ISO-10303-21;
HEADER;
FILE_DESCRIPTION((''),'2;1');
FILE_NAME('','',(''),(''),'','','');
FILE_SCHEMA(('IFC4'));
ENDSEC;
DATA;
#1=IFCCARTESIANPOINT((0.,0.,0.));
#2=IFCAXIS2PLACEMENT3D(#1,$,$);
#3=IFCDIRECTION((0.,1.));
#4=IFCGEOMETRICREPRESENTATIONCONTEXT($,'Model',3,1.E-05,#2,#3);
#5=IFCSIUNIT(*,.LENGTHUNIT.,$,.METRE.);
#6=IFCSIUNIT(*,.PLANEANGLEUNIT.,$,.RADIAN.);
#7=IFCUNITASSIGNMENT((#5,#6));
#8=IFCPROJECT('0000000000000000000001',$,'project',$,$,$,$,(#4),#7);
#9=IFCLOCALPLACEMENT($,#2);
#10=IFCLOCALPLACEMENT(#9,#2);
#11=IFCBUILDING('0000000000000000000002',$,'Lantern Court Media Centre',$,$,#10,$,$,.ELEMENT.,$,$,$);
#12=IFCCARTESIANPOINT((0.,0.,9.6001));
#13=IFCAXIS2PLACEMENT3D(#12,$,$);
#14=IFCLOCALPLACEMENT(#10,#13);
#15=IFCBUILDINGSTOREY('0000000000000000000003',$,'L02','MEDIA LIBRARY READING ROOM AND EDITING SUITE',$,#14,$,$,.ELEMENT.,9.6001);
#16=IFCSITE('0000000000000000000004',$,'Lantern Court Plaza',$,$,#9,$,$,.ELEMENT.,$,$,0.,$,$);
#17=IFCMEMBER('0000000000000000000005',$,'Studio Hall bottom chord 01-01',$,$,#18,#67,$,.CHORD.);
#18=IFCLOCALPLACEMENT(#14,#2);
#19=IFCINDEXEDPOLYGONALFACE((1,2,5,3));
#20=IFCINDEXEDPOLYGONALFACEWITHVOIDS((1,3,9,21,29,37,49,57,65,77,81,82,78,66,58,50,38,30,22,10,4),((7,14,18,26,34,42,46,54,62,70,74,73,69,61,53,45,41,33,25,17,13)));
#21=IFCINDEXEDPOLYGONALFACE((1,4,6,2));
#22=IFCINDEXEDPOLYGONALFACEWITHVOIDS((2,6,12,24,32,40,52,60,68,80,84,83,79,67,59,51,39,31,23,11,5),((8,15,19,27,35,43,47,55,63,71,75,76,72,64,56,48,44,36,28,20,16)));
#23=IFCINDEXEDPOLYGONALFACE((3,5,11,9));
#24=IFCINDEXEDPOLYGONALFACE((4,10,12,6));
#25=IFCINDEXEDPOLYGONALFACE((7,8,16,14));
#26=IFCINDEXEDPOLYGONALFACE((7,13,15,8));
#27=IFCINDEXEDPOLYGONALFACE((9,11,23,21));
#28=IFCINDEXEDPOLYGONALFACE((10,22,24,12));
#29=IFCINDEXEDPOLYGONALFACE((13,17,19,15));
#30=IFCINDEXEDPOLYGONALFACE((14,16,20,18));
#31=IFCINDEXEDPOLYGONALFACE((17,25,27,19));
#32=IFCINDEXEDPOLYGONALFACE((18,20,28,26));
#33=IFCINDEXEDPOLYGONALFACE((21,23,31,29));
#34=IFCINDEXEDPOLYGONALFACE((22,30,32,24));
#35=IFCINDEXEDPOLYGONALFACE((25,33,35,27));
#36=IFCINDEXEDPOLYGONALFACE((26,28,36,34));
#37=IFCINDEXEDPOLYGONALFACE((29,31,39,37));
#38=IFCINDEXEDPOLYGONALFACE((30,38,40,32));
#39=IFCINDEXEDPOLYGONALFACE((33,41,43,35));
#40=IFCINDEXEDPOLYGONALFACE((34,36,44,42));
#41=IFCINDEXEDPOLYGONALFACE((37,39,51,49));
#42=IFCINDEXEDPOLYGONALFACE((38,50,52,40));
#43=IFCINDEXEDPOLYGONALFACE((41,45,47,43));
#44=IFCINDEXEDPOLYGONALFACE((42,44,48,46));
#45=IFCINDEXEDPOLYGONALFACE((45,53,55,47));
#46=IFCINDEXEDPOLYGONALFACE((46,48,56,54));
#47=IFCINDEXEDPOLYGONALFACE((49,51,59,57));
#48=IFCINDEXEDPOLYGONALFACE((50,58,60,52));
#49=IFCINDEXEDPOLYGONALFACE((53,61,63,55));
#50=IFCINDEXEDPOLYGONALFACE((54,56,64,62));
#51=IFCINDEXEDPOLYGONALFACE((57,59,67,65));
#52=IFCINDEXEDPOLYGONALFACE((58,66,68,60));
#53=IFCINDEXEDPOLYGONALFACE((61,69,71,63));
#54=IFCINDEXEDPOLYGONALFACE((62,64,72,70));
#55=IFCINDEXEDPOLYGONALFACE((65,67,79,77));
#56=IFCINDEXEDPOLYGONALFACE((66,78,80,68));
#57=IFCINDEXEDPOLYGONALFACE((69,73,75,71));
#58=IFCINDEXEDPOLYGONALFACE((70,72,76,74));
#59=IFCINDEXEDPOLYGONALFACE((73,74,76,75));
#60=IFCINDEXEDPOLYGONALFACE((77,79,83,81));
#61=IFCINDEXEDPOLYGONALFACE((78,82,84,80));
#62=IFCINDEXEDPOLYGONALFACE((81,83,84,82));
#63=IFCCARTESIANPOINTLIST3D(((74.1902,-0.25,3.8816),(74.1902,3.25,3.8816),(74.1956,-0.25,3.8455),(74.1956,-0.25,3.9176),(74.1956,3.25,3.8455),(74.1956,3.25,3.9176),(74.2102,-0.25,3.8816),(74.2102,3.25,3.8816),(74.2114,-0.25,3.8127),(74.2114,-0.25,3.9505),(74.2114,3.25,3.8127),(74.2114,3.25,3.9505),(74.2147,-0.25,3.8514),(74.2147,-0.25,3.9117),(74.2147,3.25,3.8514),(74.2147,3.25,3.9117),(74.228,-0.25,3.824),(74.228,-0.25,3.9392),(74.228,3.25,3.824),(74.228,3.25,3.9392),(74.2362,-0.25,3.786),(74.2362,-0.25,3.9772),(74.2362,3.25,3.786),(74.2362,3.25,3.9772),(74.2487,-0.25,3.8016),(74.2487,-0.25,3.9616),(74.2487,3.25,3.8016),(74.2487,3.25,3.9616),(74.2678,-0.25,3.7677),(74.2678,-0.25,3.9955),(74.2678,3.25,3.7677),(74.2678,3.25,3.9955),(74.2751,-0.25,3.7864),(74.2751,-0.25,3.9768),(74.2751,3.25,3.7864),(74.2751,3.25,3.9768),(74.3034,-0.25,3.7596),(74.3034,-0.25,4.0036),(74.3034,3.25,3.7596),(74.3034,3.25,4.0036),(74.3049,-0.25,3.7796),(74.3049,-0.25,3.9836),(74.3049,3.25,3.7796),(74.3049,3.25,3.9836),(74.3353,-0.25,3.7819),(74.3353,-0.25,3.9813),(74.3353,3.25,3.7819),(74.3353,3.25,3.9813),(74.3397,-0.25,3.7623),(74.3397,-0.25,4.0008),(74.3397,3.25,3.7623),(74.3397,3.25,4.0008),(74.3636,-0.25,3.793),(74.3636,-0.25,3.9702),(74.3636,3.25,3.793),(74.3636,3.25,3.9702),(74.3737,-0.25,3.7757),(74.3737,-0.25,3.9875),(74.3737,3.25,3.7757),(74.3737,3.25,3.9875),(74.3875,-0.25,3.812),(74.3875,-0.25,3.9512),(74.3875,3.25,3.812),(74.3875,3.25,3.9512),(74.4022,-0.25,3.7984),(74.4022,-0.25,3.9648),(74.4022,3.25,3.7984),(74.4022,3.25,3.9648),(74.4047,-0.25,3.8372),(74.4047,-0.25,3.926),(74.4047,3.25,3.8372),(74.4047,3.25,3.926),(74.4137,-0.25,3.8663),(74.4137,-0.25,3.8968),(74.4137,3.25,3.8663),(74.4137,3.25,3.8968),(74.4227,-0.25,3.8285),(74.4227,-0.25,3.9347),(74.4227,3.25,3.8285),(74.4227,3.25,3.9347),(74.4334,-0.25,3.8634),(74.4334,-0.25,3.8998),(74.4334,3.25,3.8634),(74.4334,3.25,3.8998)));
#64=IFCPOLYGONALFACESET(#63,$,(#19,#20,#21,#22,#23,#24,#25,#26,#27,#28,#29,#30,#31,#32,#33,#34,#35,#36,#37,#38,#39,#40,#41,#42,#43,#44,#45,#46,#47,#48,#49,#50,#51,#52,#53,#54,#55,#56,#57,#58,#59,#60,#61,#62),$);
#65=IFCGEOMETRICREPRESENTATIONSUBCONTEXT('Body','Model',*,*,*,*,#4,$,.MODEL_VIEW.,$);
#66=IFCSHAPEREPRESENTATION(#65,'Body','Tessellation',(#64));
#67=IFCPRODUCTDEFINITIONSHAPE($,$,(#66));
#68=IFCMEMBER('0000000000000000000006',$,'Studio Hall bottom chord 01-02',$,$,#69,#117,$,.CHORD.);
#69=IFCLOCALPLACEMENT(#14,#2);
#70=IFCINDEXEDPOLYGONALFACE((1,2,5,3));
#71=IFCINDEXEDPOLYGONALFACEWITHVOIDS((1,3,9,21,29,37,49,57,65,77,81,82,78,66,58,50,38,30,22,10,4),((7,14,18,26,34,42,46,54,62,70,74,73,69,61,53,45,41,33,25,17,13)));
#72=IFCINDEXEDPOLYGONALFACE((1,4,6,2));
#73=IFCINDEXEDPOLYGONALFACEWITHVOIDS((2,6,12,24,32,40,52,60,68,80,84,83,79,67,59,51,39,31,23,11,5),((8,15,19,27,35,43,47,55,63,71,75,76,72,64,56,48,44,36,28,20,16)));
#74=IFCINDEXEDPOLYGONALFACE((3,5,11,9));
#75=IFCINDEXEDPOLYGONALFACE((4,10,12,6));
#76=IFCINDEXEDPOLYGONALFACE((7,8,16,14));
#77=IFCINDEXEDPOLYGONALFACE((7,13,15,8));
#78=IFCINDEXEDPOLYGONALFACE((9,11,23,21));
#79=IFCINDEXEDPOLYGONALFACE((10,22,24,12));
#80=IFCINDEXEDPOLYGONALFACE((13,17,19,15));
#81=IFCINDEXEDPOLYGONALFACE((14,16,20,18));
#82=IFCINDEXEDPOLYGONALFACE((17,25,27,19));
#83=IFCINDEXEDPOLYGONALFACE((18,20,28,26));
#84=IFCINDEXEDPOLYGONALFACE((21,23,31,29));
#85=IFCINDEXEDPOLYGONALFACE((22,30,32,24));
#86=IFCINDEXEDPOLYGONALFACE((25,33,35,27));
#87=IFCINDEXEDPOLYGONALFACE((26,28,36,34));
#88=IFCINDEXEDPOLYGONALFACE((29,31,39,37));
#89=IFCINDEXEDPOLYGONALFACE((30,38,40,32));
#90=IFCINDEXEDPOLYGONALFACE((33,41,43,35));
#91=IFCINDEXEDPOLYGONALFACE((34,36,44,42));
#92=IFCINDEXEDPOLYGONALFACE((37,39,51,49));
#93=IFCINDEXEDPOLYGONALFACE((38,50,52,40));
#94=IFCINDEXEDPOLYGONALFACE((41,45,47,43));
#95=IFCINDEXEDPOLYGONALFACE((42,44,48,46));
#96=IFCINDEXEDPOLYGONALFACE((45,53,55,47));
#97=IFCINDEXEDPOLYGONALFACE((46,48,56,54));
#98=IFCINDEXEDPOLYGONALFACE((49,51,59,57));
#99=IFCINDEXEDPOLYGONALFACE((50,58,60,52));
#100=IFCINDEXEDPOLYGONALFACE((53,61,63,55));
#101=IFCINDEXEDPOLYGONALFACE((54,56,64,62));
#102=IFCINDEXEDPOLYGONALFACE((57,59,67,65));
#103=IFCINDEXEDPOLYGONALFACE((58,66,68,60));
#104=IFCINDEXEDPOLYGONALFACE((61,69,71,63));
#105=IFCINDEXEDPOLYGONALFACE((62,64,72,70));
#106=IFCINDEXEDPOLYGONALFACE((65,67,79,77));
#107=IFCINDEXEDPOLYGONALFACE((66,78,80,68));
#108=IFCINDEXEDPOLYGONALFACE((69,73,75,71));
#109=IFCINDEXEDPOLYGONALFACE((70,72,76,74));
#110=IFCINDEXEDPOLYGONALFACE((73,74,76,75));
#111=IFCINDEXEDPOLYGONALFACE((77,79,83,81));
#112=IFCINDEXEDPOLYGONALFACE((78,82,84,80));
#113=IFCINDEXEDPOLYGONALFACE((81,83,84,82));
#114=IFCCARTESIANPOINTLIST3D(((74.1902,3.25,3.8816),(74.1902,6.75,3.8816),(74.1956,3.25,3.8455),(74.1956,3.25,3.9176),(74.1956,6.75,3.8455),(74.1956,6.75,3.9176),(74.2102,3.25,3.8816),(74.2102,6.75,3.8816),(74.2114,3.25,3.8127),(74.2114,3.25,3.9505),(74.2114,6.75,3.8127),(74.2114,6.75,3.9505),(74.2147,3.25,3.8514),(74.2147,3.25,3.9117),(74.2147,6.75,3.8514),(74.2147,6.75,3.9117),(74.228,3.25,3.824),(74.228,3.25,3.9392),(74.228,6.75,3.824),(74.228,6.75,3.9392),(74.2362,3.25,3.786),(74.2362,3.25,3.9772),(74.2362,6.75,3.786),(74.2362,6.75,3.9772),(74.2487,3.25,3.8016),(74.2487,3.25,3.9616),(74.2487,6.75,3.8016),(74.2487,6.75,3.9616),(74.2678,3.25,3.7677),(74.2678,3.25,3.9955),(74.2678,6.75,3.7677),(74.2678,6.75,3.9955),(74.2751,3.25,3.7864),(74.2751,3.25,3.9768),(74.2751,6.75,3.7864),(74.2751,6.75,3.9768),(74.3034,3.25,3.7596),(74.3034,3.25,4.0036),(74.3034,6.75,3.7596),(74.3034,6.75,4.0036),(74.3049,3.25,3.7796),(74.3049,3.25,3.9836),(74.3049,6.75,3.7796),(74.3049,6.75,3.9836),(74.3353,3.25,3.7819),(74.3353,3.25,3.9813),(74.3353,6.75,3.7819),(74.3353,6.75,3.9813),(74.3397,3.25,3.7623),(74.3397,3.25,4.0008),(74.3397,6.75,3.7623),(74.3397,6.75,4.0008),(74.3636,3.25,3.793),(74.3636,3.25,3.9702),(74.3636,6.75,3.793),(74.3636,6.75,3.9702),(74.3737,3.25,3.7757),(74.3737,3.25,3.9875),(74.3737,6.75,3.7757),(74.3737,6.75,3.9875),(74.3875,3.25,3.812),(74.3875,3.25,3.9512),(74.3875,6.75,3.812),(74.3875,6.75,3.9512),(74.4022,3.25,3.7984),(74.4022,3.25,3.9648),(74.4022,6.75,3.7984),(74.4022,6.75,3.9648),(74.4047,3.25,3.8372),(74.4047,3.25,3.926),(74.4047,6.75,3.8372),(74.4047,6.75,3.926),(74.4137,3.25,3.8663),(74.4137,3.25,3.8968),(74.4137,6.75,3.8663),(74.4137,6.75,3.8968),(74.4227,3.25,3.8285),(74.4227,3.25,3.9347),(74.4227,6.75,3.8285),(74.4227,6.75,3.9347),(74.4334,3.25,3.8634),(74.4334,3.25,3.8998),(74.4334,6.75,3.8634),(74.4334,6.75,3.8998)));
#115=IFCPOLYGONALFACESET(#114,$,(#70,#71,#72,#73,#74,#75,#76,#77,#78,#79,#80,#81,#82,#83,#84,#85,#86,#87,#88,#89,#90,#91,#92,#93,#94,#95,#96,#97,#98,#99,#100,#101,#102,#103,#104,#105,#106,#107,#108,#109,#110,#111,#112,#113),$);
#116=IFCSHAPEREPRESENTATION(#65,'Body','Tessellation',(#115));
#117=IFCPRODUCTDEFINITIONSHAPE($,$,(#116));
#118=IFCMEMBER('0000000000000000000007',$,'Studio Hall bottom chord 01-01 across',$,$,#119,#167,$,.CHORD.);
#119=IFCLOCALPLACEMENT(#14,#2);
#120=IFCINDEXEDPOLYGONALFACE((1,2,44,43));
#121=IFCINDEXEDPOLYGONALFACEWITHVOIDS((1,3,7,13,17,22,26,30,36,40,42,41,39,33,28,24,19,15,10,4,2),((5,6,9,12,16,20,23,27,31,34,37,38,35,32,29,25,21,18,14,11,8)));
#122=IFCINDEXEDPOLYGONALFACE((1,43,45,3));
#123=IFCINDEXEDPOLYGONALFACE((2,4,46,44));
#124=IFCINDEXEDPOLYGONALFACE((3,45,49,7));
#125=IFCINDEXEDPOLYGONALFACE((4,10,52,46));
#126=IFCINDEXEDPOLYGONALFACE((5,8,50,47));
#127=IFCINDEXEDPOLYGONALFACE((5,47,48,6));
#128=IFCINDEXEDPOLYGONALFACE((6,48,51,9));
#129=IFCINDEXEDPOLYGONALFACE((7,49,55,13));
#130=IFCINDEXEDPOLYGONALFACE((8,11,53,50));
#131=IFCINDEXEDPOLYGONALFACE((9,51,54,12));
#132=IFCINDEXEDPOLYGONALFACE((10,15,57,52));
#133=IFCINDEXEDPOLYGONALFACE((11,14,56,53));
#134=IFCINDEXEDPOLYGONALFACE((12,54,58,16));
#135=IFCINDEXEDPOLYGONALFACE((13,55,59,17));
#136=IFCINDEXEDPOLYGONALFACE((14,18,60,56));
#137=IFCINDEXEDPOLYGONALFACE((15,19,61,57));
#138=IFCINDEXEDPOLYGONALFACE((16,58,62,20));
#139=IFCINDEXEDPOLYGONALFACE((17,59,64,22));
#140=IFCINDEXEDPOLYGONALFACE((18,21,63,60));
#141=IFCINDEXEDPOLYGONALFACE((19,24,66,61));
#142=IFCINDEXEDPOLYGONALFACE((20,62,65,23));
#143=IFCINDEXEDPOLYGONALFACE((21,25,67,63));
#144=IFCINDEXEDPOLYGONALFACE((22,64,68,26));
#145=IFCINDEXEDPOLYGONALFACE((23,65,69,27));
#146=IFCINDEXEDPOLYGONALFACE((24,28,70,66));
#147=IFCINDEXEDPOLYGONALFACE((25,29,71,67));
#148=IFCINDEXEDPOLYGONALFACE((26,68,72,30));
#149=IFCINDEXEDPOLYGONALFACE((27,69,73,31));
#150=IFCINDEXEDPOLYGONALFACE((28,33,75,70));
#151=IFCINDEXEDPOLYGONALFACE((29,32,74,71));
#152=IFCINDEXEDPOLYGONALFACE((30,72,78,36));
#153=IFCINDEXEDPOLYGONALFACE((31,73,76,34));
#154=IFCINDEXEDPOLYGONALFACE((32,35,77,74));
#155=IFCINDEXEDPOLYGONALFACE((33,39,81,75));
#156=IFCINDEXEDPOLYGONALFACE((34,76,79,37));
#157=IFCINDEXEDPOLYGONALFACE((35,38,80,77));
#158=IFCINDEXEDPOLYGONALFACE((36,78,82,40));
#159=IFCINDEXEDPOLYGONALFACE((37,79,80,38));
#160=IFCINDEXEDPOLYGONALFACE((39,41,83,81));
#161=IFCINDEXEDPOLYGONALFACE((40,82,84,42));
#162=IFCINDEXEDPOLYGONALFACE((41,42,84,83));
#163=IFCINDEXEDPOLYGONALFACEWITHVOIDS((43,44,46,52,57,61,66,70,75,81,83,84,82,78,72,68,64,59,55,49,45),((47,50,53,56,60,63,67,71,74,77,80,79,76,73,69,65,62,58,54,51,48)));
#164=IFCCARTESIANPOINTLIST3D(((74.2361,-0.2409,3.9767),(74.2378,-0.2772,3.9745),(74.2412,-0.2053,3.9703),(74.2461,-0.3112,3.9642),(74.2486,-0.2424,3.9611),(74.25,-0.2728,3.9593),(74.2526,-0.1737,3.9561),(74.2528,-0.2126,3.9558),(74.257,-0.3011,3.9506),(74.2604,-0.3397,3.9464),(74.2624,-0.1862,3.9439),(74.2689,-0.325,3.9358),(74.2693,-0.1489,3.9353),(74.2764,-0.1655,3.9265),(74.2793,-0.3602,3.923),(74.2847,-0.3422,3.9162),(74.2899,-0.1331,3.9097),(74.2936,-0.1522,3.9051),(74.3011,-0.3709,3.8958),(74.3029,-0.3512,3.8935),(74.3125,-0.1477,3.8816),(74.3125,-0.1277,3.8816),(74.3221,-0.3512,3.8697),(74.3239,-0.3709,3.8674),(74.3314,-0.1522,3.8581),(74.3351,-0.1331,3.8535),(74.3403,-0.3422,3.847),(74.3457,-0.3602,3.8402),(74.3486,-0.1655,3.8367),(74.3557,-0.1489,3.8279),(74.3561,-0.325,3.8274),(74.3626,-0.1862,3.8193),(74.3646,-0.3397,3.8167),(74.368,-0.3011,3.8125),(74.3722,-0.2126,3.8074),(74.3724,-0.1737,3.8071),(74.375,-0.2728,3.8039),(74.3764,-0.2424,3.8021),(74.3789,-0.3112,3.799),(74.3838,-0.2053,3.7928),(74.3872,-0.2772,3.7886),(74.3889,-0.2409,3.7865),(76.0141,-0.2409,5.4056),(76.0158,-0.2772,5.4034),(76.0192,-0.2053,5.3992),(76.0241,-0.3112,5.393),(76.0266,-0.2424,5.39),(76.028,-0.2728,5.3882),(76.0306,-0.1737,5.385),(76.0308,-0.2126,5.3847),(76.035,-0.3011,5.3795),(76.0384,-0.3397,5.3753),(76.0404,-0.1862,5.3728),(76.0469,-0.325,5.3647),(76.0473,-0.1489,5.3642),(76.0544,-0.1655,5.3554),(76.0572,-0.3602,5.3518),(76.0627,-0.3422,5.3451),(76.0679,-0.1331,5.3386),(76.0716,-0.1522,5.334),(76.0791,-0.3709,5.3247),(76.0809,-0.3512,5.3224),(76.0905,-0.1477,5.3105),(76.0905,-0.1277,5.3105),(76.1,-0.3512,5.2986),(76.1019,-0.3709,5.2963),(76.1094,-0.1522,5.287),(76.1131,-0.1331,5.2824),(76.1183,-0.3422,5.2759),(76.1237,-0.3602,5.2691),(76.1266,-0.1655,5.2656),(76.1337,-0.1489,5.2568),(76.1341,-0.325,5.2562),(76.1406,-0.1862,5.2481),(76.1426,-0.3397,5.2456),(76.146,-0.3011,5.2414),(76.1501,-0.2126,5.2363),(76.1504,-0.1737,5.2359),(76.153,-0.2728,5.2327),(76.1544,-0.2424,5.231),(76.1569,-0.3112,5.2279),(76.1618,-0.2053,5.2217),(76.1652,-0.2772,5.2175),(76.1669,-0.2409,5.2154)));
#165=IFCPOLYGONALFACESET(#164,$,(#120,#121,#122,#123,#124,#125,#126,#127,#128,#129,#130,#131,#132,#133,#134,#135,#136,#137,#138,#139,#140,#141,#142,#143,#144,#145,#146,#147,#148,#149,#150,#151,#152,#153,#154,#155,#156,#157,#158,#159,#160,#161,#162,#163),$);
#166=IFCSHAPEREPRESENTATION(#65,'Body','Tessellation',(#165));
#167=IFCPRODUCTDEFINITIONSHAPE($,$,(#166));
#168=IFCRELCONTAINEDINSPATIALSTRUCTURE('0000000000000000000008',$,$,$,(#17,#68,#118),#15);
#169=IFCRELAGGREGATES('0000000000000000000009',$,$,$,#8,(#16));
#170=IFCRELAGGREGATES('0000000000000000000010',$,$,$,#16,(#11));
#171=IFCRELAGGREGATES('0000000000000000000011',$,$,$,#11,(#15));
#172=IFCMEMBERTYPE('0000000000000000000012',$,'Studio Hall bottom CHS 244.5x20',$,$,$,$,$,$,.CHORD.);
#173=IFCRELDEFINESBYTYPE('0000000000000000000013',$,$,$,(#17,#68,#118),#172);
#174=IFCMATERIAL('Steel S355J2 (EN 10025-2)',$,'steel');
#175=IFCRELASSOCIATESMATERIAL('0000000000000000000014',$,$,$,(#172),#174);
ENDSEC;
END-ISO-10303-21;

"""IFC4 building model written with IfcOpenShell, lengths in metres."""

from ifc_helpers import new_model, si_unit, direction, frame, origin, origin_2d, place, context, subcontext, project, spatial, hollow_circle, extrude, material, material_profile, profile_set, type_object, element, save


model = new_model("IFC4")

# Units and contexts
model_context = context("Model", 3, precision=1e-05, world=origin(), true_north=direction((0.0, 1.0)))
body_context = subcontext(model_context, "Body", "Model", "MODEL_VIEW")
ifc_project = project(units=[si_unit("LENGTHUNIT", "METRE"), si_unit("PLANEANGLEUNIT", "RADIAN")], contexts=[model_context])

# Site, building, storey
site_placement = place(None, origin())
site = spatial("IfcSite", under=ifc_project, at=site_placement, Name="Lantern Court Plaza", CompositionType="ELEMENT", RefElevation=0.0)
building_placement = place(site_placement, origin())
building = spatial("IfcBuilding", under=site, at=building_placement, Name="Lantern Court Media Centre", CompositionType="ELEMENT")
storey_placement = place(building_placement, frame((0.0, 0.0, 9.6001)))
storey = spatial("IfcBuildingStorey", under=building, at=storey_placement, Name="L02", Description="MEDIA LIBRARY READING ROOM AND EDITING SUITE", CompositionType="ELEMENT", Elevation=9.6001)

# Members
ifc_material_1 = material(Name="Steel S355J2 (EN 10025-2)", Category="steel")
ifc_material_profile_1 = material_profile(ifc_material_1, hollow_circle(Radius=0.1223, WallThickness=0.02, at=origin_2d()), Name="Studio Hall bottom CHS 244.5x20")
ifc_profile_set_1 = profile_set([ifc_material_profile_1], Name="Steel S355J2 (EN 10025-2)")
member_type_1 = type_object("IfcMemberType", Name="Studio Hall bottom CHS 244.5x20", PredefinedType="CHORD", material=ifc_profile_set_1)
for number, where, z_axis, x_axis, name in (
    (1, (74.3125, -0.25, 3.8816), (0.0, 1.0, 0.0), (-1.0, 0.0, 0.0), "Studio Hall bottom chord 01-01"),
    (2, (74.3125, 3.25, 3.8816), (0.0, 1.0, 0.0), (-1.0, 0.0, 0.0), "Studio Hall bottom chord 01-02"),
):
    element("IfcMember", number, at=place(storey_placement, frame(where, z_axis=z_axis, x_axis=x_axis)), inside=storey, type_object=member_type_1, Name=name, PredefinedType="CHORD", context=body_context, shape_type="SweptSolid", body=[
        extrude(hollow_circle(Radius=0.1223, WallThickness=0.02, at=origin_2d()), origin(), (0.0, 0.0, 1.0), 3.5),
    ])
for number, where, z_axis, x_axis, name in (
    (3, (74.3125, -0.25, 3.8816), (0.779478, 0.0, 0.626429), (0.0, 1.0, 0.0), "Studio Hall bottom chord 01-01 across"),
):
    element("IfcMember", number, at=place(storey_placement, frame(where, z_axis=z_axis, x_axis=x_axis)), inside=storey, type_object=member_type_1, Name=name, PredefinedType="CHORD", context=body_context, shape_type="SweptSolid", body=[
        extrude(hollow_circle(Radius=0.1223, WallThickness=0.02, at=origin_2d()), origin(), (0.0, 0.0, 1.0), 2.281),
    ])

save(model, "model.ifc")
